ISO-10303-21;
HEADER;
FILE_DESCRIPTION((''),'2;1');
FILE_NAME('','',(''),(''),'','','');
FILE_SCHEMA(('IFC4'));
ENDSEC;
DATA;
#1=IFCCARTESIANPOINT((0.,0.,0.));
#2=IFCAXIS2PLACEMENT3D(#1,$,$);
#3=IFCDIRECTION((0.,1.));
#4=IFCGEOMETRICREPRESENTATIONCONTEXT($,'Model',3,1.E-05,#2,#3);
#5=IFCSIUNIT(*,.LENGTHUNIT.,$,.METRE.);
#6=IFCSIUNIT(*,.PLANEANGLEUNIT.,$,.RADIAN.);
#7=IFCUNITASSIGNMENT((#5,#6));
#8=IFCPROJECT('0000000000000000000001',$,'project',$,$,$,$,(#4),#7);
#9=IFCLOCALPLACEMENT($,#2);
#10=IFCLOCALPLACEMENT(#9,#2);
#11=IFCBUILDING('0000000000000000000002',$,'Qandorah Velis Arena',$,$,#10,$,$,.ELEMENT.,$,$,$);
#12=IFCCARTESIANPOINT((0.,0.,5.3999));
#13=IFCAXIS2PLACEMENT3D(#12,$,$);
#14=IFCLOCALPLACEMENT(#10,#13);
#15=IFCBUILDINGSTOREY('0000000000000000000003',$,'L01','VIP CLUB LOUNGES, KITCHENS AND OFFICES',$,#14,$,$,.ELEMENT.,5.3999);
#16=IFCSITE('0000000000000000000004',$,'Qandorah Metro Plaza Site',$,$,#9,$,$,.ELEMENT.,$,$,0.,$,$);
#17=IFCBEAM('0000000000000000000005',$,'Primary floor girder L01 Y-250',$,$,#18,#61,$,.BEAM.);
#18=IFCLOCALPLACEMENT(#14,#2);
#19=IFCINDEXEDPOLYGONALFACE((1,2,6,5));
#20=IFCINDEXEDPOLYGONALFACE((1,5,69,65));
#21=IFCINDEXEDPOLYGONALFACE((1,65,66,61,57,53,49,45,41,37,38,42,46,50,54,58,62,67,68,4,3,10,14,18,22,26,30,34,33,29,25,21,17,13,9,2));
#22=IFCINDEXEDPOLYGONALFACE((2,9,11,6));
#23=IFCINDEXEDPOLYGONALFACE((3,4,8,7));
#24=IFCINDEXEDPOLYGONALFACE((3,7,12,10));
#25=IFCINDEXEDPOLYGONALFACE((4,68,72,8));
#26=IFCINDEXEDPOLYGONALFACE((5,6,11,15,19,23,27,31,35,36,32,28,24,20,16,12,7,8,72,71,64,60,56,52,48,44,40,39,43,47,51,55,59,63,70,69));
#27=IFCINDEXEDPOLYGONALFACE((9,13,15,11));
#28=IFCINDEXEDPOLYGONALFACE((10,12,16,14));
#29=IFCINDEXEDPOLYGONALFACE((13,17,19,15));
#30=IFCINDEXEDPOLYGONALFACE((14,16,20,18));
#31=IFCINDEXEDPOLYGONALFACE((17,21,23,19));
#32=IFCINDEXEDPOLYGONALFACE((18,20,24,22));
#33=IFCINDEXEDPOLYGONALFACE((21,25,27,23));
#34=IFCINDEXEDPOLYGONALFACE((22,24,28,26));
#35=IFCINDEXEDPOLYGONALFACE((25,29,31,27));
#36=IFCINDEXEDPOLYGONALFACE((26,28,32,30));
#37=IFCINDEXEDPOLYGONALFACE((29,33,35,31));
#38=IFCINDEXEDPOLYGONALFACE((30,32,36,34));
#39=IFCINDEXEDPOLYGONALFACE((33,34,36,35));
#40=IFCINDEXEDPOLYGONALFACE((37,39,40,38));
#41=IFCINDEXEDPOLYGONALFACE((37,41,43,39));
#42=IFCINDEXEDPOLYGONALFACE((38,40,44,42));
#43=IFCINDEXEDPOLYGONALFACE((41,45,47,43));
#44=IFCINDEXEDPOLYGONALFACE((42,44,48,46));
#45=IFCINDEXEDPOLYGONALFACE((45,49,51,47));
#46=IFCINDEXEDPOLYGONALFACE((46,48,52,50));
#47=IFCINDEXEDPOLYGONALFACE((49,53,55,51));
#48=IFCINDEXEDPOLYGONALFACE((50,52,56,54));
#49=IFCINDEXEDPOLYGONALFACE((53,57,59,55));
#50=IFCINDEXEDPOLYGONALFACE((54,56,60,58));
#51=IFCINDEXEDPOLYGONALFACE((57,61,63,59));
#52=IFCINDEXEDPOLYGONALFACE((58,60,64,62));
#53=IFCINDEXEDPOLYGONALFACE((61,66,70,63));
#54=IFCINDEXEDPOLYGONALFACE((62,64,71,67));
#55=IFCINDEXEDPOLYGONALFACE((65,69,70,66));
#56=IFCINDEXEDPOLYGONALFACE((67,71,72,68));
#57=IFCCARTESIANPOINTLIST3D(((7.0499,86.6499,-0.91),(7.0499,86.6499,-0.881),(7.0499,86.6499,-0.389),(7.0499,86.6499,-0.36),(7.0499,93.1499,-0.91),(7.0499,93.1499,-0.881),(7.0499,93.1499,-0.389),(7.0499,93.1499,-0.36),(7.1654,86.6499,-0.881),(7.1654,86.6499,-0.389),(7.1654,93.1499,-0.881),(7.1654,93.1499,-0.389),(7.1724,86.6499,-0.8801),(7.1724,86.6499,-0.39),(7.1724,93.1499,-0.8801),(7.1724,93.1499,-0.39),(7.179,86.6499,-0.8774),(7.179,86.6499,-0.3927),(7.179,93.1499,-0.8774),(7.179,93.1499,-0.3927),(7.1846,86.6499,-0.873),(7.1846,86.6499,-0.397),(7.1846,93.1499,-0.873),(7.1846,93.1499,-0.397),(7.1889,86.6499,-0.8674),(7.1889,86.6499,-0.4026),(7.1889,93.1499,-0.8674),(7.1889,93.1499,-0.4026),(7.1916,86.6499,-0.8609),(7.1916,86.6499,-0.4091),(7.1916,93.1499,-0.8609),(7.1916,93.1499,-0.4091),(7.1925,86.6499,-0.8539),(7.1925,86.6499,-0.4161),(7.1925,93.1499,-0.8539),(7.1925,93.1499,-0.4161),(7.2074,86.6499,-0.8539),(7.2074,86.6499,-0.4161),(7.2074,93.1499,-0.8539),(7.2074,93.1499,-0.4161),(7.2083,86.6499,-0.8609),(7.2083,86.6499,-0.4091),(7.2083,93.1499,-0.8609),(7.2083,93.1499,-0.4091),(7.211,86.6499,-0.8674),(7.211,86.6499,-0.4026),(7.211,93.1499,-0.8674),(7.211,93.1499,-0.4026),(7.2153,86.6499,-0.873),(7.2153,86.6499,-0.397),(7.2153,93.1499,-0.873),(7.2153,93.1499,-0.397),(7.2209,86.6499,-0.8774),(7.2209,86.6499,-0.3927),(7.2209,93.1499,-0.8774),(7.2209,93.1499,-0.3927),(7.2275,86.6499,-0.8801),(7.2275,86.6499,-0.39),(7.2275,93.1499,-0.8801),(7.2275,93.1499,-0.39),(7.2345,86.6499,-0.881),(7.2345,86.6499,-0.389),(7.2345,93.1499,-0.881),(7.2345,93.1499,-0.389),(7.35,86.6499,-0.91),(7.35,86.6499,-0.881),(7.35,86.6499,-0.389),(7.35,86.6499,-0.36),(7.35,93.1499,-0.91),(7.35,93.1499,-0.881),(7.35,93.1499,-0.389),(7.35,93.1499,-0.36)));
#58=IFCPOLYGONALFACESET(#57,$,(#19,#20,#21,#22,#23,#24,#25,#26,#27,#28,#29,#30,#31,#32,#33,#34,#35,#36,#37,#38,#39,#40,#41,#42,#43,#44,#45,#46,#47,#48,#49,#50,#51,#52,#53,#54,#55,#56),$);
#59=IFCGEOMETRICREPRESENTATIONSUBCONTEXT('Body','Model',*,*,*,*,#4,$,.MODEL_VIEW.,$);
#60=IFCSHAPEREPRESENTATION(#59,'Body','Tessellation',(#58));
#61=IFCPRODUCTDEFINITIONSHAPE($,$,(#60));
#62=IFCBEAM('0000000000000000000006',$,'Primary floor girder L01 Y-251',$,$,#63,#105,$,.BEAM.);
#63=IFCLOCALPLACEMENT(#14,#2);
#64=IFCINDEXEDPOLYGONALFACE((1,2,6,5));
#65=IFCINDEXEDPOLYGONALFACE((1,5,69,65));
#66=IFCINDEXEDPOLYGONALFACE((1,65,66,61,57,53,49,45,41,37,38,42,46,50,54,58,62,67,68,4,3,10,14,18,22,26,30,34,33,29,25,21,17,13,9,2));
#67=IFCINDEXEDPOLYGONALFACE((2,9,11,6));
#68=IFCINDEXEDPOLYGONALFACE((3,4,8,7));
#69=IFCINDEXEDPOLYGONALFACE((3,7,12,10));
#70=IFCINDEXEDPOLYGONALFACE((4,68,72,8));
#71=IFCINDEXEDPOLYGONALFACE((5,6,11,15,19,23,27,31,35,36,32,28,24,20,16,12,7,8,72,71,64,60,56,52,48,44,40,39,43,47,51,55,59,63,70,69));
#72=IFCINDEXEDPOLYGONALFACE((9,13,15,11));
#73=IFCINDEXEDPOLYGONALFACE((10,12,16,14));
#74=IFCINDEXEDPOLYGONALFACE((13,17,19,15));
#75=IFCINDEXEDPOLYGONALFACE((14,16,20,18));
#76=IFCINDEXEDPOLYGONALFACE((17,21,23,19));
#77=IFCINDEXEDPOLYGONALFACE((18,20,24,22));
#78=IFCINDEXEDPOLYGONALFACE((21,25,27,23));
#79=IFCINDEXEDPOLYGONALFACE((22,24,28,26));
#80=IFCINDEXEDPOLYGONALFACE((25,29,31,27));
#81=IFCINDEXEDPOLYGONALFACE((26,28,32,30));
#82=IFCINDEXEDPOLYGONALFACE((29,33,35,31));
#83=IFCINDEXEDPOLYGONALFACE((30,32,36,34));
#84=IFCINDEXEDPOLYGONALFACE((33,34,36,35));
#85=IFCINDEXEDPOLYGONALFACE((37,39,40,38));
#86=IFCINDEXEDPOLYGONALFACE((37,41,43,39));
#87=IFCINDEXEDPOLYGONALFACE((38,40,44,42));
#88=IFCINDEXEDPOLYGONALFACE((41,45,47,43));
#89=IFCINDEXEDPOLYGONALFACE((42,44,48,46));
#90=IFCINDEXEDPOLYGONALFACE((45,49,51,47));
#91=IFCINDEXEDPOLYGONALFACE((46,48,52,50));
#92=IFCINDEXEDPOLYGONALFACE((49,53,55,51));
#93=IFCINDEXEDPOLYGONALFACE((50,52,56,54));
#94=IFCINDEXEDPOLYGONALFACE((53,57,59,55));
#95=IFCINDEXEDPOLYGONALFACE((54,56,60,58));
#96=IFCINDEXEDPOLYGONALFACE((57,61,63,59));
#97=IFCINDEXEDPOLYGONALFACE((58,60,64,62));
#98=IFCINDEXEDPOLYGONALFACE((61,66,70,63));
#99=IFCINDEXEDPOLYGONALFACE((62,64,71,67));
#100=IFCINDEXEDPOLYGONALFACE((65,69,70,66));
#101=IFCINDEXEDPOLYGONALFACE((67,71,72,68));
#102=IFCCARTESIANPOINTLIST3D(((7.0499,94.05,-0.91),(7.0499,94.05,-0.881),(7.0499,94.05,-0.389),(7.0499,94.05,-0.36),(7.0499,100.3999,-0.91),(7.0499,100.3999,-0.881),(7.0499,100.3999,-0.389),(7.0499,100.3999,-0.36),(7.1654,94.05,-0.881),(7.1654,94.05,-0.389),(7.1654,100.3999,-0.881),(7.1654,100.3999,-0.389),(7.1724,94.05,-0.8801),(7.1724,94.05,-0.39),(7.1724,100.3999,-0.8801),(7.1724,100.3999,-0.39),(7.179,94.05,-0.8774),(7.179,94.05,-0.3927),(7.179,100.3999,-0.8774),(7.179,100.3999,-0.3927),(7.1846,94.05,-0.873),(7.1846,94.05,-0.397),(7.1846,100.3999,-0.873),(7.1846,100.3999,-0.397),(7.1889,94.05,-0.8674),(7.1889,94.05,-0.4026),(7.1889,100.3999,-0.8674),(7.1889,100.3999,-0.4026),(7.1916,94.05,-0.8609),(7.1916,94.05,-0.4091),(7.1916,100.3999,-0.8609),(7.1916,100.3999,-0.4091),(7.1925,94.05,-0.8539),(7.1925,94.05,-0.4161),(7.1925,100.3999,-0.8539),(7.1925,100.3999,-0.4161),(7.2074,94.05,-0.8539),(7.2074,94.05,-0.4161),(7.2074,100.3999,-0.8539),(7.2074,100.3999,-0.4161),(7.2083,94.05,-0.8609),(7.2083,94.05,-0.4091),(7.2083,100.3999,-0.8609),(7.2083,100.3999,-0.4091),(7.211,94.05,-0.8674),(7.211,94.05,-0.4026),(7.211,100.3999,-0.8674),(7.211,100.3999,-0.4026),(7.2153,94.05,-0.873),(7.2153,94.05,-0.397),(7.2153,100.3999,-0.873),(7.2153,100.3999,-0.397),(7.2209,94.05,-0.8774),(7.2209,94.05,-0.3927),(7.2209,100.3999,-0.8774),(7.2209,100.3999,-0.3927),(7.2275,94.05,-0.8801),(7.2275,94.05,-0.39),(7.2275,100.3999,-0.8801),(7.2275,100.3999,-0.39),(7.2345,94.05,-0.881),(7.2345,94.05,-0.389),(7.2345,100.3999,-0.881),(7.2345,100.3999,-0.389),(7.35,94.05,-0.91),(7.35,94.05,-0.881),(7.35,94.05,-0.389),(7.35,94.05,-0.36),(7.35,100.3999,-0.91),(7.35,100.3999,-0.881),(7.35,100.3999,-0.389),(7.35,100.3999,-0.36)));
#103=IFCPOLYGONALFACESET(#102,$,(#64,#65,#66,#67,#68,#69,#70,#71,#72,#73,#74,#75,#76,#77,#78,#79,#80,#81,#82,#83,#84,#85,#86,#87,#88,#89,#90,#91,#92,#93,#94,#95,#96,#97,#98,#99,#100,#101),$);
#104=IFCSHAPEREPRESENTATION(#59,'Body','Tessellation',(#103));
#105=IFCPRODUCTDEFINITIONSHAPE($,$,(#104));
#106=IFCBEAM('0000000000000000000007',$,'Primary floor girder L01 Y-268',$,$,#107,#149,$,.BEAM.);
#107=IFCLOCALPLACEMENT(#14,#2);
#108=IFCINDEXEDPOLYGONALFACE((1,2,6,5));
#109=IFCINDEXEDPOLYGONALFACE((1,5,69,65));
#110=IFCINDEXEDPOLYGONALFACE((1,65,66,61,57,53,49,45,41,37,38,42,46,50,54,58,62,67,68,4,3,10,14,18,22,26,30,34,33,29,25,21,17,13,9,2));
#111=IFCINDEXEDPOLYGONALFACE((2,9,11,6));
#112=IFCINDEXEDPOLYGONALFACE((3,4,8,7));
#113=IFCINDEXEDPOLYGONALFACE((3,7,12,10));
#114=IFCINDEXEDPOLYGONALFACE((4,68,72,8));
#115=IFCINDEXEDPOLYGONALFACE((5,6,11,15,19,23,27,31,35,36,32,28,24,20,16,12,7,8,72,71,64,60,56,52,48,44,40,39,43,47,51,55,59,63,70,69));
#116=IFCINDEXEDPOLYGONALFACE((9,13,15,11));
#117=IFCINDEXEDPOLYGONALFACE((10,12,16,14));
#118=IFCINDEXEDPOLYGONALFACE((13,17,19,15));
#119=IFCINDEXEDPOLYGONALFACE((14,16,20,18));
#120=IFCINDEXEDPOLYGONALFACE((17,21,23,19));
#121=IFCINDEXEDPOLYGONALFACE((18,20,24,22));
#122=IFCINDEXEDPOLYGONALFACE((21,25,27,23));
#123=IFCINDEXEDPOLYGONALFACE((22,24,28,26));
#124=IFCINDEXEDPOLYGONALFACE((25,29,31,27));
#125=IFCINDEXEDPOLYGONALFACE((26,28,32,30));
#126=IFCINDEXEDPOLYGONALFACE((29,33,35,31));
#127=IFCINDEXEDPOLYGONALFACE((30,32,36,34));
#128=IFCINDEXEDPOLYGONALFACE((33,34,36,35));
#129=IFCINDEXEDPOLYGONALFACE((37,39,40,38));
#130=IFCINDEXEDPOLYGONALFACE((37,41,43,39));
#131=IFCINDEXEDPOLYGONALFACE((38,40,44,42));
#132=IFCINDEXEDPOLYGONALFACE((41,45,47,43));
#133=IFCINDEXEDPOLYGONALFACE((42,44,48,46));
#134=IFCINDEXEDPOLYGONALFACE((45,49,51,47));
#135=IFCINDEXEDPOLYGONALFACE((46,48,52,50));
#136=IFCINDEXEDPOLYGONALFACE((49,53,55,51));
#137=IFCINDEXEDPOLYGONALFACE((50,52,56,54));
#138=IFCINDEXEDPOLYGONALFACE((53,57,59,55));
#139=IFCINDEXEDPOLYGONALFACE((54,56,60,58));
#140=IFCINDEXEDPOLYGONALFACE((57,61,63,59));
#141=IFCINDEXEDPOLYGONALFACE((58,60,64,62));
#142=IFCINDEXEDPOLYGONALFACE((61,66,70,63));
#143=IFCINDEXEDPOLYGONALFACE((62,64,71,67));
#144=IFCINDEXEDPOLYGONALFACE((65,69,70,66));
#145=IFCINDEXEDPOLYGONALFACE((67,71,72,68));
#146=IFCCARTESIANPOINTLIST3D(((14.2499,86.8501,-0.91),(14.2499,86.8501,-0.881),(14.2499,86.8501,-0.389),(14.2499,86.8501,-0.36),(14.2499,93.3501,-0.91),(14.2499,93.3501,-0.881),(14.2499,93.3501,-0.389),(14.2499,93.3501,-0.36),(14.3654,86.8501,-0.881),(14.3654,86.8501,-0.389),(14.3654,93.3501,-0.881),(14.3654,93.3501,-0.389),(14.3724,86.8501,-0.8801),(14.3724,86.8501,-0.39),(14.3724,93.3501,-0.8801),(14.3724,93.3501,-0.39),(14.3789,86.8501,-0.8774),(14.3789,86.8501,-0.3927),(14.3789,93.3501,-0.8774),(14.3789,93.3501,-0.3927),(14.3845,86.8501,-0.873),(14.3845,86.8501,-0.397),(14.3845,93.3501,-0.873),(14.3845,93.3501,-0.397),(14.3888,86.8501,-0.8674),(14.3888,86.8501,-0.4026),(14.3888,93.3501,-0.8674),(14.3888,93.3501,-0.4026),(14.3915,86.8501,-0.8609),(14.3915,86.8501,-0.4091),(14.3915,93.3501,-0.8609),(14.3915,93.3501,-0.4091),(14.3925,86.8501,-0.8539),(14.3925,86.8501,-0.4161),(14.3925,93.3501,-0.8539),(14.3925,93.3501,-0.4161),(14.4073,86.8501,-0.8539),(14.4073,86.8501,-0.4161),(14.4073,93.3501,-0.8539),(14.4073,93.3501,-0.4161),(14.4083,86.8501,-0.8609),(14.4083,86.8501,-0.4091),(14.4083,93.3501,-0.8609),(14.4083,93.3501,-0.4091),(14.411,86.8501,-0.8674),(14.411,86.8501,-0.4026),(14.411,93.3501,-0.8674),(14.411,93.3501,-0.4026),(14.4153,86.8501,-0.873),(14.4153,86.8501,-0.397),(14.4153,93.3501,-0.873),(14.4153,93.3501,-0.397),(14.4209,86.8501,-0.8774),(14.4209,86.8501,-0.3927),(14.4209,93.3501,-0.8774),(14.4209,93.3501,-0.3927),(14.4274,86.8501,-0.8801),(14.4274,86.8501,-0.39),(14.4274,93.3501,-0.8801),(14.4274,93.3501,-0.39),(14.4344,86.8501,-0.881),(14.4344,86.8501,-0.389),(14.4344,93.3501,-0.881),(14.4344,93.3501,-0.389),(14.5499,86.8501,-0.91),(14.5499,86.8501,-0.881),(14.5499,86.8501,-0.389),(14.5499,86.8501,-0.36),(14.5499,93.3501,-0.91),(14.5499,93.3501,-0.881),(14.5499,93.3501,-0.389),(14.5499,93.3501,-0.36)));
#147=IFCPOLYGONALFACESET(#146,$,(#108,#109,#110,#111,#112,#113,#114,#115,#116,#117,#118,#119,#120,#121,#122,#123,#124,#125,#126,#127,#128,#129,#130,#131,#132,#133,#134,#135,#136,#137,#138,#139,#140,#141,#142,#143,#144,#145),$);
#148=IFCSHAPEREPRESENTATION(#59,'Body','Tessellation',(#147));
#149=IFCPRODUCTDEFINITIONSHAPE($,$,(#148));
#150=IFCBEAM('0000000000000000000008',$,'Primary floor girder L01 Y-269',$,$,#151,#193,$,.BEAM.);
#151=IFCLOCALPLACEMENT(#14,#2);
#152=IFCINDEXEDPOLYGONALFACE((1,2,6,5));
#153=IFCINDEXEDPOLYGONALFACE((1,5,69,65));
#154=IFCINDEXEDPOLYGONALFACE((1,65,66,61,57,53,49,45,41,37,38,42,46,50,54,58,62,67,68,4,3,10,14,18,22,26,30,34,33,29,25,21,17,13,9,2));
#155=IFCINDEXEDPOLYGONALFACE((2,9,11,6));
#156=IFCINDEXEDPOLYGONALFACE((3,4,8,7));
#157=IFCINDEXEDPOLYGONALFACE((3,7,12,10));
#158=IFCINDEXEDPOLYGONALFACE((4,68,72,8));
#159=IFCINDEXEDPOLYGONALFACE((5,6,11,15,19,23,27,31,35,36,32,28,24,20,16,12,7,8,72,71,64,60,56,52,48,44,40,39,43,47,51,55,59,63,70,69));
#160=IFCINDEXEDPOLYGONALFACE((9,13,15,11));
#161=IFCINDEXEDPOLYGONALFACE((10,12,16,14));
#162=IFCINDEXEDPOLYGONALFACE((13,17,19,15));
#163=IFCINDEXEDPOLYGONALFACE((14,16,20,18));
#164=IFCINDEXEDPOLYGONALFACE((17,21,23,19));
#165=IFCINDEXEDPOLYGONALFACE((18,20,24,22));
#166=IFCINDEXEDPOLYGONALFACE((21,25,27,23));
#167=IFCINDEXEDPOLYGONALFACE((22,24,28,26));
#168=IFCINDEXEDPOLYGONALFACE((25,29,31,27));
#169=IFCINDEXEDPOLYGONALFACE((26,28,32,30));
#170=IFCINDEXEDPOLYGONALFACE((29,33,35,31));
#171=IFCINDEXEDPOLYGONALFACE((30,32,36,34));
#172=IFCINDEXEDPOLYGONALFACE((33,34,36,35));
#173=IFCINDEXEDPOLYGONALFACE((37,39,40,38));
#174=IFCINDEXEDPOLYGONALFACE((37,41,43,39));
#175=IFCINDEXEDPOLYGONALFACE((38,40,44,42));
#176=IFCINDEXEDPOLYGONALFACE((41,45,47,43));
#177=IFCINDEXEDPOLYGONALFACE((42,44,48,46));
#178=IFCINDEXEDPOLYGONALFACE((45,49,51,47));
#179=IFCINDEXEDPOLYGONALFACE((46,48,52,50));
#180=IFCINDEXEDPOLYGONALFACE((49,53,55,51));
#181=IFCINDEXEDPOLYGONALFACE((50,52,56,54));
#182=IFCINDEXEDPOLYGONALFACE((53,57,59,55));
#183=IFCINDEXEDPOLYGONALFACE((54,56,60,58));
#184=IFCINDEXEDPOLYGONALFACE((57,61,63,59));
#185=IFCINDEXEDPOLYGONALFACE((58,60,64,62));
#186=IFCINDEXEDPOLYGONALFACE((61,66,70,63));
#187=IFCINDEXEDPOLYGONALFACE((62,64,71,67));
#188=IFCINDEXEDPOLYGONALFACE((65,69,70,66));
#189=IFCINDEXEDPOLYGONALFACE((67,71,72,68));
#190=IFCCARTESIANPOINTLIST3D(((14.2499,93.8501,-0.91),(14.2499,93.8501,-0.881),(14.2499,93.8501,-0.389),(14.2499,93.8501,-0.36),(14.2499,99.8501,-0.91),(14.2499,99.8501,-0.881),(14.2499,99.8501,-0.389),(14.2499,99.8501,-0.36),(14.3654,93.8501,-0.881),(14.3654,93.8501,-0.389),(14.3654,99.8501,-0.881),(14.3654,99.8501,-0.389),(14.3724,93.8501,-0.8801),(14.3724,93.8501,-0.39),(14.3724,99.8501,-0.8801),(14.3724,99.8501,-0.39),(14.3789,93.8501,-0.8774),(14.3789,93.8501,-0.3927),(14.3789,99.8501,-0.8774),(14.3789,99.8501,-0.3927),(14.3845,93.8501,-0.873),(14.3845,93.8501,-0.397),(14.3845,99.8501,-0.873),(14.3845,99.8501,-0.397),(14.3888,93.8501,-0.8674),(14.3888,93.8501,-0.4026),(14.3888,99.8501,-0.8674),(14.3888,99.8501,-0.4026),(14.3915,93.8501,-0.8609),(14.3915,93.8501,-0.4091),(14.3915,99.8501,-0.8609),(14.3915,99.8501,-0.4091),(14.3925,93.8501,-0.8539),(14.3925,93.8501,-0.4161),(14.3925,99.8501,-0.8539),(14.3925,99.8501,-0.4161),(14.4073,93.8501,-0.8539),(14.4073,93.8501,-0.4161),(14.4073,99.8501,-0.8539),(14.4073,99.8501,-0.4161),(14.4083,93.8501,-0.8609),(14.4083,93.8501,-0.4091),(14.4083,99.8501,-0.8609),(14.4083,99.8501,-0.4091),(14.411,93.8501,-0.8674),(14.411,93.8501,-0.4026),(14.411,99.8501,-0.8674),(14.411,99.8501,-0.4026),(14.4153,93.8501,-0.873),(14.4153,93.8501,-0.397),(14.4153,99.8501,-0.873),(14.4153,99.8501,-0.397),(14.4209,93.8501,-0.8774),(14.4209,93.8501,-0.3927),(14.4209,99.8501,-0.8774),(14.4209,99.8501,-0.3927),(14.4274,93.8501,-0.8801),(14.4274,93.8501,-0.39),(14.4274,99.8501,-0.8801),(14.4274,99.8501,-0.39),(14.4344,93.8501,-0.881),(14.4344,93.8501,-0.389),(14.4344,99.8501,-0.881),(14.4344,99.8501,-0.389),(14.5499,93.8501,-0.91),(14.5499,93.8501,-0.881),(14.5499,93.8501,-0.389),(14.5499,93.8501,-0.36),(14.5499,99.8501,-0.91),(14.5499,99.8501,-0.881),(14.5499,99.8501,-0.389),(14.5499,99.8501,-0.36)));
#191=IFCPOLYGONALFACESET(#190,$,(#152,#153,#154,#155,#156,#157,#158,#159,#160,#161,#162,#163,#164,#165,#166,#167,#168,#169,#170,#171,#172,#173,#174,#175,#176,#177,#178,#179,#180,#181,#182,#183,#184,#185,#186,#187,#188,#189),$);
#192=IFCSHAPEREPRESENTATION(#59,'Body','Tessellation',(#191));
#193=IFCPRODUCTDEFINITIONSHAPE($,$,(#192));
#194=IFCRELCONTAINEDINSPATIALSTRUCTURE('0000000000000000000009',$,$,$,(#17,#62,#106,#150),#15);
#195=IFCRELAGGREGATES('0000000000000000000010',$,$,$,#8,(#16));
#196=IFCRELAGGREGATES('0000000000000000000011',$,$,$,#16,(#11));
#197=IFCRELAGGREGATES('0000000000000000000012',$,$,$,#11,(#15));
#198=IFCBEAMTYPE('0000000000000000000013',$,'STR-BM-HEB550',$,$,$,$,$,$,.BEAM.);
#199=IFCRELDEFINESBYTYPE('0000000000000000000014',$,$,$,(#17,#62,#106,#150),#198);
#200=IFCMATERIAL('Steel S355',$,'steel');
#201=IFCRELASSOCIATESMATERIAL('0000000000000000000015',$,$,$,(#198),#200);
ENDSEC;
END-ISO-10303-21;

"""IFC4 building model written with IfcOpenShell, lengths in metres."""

from ifc_helpers import new_model, si_unit, direction, frame, origin, origin_2d, place, context, subcontext, project, spatial, i_section, extrude, material, material_profile, profile_set, type_object, element, save


model = new_model("IFC4")

# Units and contexts
model_context = context("Model", 3, precision=1e-05, world=origin(), true_north=direction((0.0, 1.0)))
body_context = subcontext(model_context, "Body", "Model", "MODEL_VIEW")
ifc_project = project(units=[si_unit("LENGTHUNIT", "METRE"), si_unit("PLANEANGLEUNIT", "RADIAN")], contexts=[model_context])

# Site, building, storey
site_placement = place(None, origin())
site = spatial("IfcSite", under=ifc_project, at=site_placement, Name="Qandorah Metro Plaza Site", CompositionType="ELEMENT", RefElevation=0.0)
building_placement = place(site_placement, origin())
building = spatial("IfcBuilding", under=site, at=building_placement, Name="Qandorah Velis Arena", CompositionType="ELEMENT")
storey_placement = place(building_placement, frame((0.0, 0.0, 5.3999)))
storey = spatial("IfcBuildingStorey", under=building, at=storey_placement, Name="L01", Description="VIP CLUB LOUNGES, KITCHENS AND OFFICES", CompositionType="ELEMENT", Elevation=5.3999)

# Beams
ifc_material_1 = material(Name="Steel S355", Category="steel")
ifc_material_profile_1 = material_profile(ifc_material_1, i_section(OverallWidth=0.3, OverallDepth=0.55, WebThickness=0.0149, FlangeThickness=0.0291, FilletRadius=0.0271, at=origin_2d()), Name="HEB 550")
ifc_profile_set_1 = profile_set([ifc_material_profile_1], Name="Steel S355")
beam_type_1 = type_object("IfcBeamType", Name="STR-BM-HEB550", PredefinedType="BEAM", material=ifc_profile_set_1)
beam_1_placement = place(storey_placement, frame((7.2, 86.6499, -0.635), z_axis=(0.0, 1.0, 0.0), x_axis=(-1.0, 0.0, 0.0)))
element("IfcBeam", 1, at=beam_1_placement, inside=storey, type_object=beam_type_1, Name="Primary floor girder L01 Y-250", PredefinedType="BEAM", context=body_context, shape_type="SweptSolid", body=[
    extrude(i_section(OverallWidth=0.3, OverallDepth=0.55, WebThickness=0.0149, FlangeThickness=0.0291, FilletRadius=0.0271, at=origin_2d()), origin(), (0.0, 0.0, 1.0), 6.5),
])
beam_2_placement = place(storey_placement, frame((7.2, 94.05, -0.635), z_axis=(0.0, 1.0, 0.0), x_axis=(-1.0, 0.0, 0.0)))
element("IfcBeam", 2, at=beam_2_placement, inside=storey, type_object=beam_type_1, Name="Primary floor girder L01 Y-251", PredefinedType="BEAM", context=body_context, shape_type="SweptSolid", body=[
    extrude(i_section(OverallWidth=0.3, OverallDepth=0.55, WebThickness=0.0149, FlangeThickness=0.0291, FilletRadius=0.0271, at=origin_2d()), origin(), (0.0, 0.0, 1.0), 6.3499),
])
beam_3_placement = place(storey_placement, frame((14.3999, 86.8501, -0.635), z_axis=(0.0, 1.0, 0.0), x_axis=(-1.0, 0.0, 0.0)))
element("IfcBeam", 3, at=beam_3_placement, inside=storey, type_object=beam_type_1, Name="Primary floor girder L01 Y-268", PredefinedType="BEAM", context=body_context, shape_type="SweptSolid", body=[
    extrude(i_section(OverallWidth=0.3, OverallDepth=0.55, WebThickness=0.0149, FlangeThickness=0.0291, FilletRadius=0.0271, at=origin_2d()), origin(), (0.0, 0.0, 1.0), 6.5),
])
beam_4_placement = place(storey_placement, frame((14.3999, 93.8501, -0.635), z_axis=(0.0, 1.0, 0.0), x_axis=(-1.0, 0.0, 0.0)))
element("IfcBeam", 4, at=beam_4_placement, inside=storey, type_object=beam_type_1, Name="Primary floor girder L01 Y-269", PredefinedType="BEAM", context=body_context, shape_type="SweptSolid", body=[
    extrude(i_section(OverallWidth=0.3, OverallDepth=0.55, WebThickness=0.0149, FlangeThickness=0.0291, FilletRadius=0.0271, at=origin_2d()), origin(), (0.0, 0.0, 1.0), 6.0),
])

save(model, "model.ifc")
